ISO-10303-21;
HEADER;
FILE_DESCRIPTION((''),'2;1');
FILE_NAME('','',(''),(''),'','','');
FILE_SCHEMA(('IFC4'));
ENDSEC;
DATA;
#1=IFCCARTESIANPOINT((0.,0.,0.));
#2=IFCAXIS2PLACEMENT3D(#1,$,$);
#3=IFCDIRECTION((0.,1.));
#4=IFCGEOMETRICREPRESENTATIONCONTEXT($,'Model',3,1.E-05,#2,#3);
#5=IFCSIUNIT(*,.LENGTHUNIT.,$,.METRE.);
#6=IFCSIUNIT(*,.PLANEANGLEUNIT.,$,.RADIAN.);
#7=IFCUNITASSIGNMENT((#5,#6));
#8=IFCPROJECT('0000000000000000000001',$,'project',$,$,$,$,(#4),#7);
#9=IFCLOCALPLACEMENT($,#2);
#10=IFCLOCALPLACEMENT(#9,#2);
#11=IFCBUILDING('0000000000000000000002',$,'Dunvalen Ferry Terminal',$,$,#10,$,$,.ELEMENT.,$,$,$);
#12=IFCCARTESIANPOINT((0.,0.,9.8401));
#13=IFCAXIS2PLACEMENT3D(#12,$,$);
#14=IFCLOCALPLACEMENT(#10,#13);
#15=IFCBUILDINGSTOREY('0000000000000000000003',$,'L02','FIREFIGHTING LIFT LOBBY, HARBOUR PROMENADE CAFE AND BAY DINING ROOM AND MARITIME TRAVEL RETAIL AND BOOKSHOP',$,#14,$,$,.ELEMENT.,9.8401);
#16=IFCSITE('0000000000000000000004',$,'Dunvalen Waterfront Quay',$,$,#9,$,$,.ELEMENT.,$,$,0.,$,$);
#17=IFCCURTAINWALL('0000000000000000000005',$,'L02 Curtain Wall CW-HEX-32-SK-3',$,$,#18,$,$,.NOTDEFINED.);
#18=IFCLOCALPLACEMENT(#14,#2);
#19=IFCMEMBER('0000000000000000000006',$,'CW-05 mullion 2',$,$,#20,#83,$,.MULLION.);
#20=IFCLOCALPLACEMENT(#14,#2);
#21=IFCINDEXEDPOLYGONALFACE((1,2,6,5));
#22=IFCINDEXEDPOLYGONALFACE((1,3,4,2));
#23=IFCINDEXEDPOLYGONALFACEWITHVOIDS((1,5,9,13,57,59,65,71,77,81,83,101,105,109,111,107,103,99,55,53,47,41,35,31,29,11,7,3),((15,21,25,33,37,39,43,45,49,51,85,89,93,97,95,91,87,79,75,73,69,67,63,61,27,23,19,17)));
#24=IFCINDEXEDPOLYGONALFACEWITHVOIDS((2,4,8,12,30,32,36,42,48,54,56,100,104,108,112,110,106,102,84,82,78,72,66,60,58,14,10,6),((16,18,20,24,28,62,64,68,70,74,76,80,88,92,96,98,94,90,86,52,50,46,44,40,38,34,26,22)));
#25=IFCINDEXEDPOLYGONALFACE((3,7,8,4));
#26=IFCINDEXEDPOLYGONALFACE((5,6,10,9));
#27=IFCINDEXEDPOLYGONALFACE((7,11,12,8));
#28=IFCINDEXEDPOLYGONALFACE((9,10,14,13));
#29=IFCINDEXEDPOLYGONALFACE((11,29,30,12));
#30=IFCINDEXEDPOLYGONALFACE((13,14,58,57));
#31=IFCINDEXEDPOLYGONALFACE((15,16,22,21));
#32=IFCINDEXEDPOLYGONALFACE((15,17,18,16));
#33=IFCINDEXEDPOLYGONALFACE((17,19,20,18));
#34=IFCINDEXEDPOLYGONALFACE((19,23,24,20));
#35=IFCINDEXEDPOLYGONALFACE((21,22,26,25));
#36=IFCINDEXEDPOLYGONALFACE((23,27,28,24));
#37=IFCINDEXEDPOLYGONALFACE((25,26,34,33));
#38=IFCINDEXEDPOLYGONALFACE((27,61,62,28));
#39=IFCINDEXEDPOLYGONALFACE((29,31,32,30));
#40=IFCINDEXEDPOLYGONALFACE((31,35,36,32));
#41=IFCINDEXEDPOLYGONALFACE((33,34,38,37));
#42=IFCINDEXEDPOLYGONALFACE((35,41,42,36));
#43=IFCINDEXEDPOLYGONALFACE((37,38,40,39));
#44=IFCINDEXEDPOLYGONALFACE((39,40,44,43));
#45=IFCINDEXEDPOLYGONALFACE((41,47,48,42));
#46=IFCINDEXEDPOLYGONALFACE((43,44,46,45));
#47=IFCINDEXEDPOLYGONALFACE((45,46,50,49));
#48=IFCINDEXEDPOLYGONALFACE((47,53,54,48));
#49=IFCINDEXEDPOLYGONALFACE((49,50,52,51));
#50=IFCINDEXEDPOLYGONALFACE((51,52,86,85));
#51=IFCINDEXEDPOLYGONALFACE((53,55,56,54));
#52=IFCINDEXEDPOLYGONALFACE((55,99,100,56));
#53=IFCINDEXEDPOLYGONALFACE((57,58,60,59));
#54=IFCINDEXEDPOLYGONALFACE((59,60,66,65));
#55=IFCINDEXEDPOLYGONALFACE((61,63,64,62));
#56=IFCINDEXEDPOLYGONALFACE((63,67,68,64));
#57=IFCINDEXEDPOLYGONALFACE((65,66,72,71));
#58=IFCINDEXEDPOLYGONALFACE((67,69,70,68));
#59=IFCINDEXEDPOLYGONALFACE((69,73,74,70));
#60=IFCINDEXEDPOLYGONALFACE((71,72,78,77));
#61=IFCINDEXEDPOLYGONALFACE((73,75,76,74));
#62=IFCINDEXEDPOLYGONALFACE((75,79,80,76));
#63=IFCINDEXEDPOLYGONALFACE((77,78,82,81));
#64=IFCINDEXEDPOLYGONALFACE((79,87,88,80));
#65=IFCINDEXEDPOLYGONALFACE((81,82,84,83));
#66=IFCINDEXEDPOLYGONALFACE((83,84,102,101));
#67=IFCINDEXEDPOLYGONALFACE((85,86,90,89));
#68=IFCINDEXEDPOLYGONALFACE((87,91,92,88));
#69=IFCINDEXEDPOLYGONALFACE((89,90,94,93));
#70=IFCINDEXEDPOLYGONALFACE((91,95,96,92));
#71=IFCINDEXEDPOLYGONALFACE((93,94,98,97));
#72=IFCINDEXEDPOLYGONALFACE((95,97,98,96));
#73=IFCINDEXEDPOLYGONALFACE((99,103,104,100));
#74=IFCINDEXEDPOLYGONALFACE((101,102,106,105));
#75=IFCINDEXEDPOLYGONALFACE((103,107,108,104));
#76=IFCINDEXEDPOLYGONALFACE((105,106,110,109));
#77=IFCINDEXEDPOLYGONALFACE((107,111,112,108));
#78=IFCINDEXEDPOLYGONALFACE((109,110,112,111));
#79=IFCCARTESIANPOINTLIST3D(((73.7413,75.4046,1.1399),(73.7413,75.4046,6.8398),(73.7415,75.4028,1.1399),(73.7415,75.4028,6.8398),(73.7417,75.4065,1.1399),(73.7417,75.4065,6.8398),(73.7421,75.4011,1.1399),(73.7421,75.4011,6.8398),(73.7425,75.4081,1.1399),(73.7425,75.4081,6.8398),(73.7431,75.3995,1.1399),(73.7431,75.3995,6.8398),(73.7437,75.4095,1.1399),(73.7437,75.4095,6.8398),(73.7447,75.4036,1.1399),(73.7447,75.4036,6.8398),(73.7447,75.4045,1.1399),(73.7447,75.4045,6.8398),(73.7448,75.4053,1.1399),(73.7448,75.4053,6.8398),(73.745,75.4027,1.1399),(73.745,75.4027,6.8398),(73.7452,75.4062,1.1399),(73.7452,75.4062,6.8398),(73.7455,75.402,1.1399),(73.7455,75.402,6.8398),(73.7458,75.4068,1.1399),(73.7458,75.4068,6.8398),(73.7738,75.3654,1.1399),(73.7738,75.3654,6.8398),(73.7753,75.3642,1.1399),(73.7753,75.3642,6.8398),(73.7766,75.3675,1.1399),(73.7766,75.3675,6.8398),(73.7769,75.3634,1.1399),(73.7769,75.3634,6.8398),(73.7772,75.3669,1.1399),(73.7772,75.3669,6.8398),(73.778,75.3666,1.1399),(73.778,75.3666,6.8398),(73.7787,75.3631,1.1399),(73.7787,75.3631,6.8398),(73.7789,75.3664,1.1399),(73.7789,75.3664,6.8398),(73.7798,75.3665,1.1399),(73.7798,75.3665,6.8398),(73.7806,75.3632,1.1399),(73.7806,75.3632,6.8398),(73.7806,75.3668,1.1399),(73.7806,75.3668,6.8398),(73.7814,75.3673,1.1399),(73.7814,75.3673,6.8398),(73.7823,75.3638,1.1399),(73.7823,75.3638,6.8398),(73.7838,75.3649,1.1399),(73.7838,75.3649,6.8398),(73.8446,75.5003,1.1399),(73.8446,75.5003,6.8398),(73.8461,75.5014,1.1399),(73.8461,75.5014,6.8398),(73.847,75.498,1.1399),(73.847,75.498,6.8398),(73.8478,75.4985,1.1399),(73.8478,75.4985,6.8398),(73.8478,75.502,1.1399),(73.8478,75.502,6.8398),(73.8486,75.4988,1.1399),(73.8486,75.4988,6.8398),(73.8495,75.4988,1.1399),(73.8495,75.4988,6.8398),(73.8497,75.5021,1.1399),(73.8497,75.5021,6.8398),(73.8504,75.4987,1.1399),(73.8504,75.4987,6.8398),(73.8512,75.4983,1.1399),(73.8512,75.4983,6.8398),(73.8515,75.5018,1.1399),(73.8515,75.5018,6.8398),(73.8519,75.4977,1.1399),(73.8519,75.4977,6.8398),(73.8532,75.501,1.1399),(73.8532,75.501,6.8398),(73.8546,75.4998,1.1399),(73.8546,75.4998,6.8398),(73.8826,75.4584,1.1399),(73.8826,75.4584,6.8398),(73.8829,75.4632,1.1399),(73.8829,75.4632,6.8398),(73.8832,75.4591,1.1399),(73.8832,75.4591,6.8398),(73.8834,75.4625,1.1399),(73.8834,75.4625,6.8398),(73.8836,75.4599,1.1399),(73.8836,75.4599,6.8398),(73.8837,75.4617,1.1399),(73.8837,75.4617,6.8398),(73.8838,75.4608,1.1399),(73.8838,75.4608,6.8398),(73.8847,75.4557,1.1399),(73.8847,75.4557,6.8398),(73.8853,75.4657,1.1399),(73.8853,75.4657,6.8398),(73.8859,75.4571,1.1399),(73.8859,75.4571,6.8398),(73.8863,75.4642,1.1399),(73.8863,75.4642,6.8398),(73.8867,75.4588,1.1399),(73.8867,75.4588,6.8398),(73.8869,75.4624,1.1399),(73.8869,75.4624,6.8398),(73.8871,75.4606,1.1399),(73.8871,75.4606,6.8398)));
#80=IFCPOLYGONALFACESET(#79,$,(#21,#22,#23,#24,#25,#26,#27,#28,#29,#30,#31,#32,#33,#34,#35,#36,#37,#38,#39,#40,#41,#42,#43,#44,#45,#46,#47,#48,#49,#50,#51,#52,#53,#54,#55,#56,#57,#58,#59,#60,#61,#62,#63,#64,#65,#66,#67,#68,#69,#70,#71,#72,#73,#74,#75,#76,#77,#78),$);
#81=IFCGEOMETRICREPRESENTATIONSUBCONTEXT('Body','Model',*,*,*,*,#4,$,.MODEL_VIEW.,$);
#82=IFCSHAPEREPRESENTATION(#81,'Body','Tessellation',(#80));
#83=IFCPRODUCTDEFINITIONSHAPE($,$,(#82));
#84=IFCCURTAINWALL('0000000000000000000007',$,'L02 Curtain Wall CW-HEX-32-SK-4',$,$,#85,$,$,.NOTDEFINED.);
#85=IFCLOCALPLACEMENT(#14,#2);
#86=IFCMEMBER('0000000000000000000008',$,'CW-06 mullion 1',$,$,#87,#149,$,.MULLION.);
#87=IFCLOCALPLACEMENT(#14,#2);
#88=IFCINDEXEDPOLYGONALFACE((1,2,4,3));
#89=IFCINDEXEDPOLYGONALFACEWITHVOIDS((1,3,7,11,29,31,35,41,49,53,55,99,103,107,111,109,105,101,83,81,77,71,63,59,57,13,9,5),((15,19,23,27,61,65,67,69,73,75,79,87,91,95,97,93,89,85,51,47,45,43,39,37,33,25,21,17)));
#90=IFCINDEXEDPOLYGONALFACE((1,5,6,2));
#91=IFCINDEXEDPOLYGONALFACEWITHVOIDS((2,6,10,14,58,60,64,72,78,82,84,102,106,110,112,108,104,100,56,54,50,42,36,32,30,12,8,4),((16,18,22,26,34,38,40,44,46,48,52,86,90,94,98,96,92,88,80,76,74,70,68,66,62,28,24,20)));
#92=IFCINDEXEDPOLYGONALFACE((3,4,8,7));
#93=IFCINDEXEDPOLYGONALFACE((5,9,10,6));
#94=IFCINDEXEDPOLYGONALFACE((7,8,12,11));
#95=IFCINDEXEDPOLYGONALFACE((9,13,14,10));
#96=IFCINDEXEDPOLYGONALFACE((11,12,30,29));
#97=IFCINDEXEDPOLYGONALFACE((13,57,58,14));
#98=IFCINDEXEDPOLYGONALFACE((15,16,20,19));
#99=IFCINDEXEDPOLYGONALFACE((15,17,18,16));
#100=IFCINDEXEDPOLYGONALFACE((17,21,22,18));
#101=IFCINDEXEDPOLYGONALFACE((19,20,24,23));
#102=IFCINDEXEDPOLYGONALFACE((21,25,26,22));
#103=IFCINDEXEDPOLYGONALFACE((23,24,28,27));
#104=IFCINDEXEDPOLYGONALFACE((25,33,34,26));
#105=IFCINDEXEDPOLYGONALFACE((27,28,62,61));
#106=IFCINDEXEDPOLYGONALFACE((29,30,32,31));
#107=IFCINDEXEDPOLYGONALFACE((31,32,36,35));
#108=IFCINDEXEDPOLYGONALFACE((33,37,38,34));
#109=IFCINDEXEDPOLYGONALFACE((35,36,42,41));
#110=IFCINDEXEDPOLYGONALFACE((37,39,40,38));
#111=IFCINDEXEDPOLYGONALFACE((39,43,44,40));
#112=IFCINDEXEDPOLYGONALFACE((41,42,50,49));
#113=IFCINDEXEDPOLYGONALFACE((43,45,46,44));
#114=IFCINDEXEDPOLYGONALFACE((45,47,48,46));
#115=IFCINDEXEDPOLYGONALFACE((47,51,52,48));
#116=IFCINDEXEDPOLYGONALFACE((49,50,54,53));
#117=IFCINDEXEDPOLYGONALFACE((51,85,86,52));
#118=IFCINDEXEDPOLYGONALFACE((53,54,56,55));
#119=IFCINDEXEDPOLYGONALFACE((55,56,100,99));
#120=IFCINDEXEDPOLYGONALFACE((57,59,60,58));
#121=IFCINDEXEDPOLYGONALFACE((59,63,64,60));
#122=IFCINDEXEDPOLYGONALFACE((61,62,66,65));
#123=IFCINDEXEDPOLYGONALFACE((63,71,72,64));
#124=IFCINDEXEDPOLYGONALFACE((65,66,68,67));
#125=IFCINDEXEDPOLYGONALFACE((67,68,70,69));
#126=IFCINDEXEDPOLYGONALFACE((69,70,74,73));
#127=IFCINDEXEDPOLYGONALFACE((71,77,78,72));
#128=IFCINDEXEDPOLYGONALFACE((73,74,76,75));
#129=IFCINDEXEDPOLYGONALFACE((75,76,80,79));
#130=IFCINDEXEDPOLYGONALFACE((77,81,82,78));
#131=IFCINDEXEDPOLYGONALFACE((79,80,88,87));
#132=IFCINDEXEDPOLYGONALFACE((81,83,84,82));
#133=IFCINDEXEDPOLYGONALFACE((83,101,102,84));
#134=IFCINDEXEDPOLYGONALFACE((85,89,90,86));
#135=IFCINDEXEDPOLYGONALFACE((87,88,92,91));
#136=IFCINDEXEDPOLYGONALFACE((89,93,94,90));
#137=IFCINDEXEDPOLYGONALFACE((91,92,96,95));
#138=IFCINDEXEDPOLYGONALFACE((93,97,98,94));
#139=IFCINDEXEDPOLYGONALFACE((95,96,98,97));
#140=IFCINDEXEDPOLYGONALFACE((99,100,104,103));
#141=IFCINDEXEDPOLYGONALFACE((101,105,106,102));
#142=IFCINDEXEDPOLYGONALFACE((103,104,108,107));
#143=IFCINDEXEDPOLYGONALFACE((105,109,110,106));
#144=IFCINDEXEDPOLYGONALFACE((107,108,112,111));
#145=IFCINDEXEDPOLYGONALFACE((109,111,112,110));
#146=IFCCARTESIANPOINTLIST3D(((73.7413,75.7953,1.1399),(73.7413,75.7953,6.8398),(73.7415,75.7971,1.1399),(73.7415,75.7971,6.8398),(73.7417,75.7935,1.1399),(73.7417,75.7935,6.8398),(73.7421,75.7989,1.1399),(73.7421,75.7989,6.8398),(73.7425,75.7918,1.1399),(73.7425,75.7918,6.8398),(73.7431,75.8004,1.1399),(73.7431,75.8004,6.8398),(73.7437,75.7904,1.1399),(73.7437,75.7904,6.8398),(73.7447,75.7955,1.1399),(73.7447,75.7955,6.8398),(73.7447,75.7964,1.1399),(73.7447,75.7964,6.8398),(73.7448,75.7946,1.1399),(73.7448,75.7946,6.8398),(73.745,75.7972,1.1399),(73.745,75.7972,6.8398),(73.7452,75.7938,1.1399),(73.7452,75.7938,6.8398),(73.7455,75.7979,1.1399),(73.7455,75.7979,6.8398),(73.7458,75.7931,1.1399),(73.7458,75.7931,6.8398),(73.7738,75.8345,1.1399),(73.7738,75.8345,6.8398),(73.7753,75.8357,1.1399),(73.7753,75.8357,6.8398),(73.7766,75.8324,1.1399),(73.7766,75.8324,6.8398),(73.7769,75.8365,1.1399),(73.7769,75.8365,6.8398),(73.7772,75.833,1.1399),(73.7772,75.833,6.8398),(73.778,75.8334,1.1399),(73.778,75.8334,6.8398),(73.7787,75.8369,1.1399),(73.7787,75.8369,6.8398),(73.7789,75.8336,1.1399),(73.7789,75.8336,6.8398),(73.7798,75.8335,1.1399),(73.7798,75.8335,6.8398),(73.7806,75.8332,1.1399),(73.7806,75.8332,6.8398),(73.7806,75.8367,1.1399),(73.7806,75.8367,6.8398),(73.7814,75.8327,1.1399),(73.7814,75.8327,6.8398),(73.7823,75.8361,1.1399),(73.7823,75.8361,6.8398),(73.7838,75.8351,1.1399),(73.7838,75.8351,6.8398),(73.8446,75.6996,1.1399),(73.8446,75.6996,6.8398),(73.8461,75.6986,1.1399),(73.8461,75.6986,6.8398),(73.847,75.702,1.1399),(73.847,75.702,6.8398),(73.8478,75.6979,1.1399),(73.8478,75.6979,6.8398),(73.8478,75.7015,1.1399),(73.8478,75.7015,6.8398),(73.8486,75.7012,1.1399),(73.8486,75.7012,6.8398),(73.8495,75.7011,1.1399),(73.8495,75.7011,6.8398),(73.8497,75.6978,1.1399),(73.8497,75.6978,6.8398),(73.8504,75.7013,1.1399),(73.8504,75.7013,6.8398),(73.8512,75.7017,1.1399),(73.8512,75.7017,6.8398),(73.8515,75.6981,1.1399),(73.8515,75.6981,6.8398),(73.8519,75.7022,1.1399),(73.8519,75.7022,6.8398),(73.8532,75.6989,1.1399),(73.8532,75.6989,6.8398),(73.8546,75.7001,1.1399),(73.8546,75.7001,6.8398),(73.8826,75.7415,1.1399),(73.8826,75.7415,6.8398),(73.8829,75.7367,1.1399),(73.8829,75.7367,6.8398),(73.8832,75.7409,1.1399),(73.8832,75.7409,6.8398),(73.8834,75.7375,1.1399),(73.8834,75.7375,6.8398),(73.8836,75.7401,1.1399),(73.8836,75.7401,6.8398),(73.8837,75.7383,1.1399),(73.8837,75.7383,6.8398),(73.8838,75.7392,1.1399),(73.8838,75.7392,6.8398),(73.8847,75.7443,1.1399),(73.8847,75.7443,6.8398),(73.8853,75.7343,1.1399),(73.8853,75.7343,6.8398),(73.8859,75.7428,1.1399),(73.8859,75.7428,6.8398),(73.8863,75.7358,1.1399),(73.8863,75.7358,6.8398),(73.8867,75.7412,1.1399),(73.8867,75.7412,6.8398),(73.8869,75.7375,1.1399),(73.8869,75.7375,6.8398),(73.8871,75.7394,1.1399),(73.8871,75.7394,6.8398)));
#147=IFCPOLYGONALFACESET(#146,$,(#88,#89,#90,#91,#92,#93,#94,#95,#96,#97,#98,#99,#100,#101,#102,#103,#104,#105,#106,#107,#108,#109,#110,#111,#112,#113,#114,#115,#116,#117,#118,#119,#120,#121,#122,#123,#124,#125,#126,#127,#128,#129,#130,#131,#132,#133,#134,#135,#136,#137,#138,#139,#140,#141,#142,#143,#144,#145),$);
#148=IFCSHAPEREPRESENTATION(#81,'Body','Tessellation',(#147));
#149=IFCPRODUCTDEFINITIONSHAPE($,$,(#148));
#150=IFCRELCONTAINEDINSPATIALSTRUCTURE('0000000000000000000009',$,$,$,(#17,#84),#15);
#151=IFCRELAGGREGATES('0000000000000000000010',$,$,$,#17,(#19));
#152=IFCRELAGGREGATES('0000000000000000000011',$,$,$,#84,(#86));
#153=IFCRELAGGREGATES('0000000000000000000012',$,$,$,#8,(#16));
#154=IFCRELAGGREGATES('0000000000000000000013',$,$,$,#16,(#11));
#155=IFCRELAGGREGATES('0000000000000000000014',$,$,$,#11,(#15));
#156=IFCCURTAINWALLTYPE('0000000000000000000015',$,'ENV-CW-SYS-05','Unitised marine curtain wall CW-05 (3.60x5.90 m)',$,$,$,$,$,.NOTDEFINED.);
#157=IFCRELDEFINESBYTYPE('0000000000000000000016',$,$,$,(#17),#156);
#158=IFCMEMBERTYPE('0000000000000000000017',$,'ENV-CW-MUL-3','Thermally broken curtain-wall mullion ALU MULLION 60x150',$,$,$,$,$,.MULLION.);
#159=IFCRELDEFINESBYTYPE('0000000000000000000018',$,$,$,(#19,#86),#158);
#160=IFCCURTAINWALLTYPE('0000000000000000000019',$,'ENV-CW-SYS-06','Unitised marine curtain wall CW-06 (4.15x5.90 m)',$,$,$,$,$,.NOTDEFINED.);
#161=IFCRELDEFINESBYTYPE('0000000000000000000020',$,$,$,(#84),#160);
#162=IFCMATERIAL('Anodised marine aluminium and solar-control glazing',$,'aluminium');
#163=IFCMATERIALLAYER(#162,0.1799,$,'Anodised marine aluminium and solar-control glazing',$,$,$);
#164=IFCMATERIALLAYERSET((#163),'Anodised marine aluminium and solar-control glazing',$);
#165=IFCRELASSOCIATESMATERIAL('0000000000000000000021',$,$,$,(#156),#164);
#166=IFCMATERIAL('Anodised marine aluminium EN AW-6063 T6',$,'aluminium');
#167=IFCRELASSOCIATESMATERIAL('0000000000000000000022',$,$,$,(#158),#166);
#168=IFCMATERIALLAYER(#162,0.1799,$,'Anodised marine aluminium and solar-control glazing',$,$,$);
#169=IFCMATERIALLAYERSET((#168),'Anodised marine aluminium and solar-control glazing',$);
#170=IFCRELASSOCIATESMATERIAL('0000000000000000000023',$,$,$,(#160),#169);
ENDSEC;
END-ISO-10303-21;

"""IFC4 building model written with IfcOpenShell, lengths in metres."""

from ifc_helpers import new_model, si_unit, direction, frame, origin, origin_2d, place, context, subcontext, project, spatial, hollow_rectangle, extrude, material, layer, layer_set, material_profile, profile_set, type_object, element, aggregate, save


model = new_model("IFC4")

# Units and contexts
model_context = context("Model", 3, precision=1e-05, world=origin(), true_north=direction((0.0, 1.0)))
body_context = subcontext(model_context, "Body", "Model", "MODEL_VIEW")
ifc_project = project(units=[si_unit("LENGTHUNIT", "METRE"), si_unit("PLANEANGLEUNIT", "RADIAN")], contexts=[model_context])

# Site, building, storey
site_placement = place(None, origin())
site = spatial("IfcSite", under=ifc_project, at=site_placement, Name="Dunvalen Waterfront Quay", CompositionType="ELEMENT", RefElevation=0.0)
building_placement = place(site_placement, origin())
building = spatial("IfcBuilding", under=site, at=building_placement, Name="Dunvalen Ferry Terminal", CompositionType="ELEMENT")
storey_placement = place(building_placement, frame((0.0, 0.0, 9.8401)))
storey = spatial("IfcBuildingStorey", under=building, at=storey_placement, Name="L02", Description="FIREFIGHTING LIFT LOBBY, HARBOUR PROMENADE CAFE AND BAY DINING ROOM AND MARITIME TRAVEL RETAIL AND BOOKSHOP", CompositionType="ELEMENT", Elevation=9.8401)

# Curtain wall, member
ifc_material_1 = material(Name="Anodised marine aluminium and solar-control glazing", Category="aluminium")
ifc_layer_1 = layer(ifc_material_1, 0.1799, Name="Anodised marine aluminium and solar-control glazing")
ifc_layer_set_1 = layer_set([ifc_layer_1], Name="Anodised marine aluminium and solar-control glazing")
curtain_wall_type_1 = type_object("IfcCurtainWallType", Name="ENV-CW-SYS-05", Description="Unitised marine curtain wall CW-05 (3.60x5.90 m)", PredefinedType="NOTDEFINED", material=ifc_layer_set_1)
curtain_wall_1_placement = place(storey_placement, origin())
curtain_wall_1 = element("IfcCurtainWall", 1, at=curtain_wall_1_placement, inside=storey, type_object=curtain_wall_type_1, Name="L02 Curtain Wall CW-HEX-32-SK-3", PredefinedType="NOTDEFINED")
ifc_material_2 = material(Name="Anodised marine aluminium EN AW-6063 T6", Category="aluminium")
ifc_material_profile_1 = material_profile(ifc_material_2, hollow_rectangle(XDim=0.0601, YDim=0.1499, WallThickness=0.0034, InnerFilletRadius=0.0034, OuterFilletRadius=0.0071, at=origin_2d()), Name="Anodised marine aluminium EN AW-6063 T6")
ifc_profile_set_1 = profile_set([ifc_material_profile_1], Name="Anodised marine aluminium EN AW-6063 T6")
member_type_1 = type_object("IfcMemberType", Name="ENV-CW-MUL-3", Description="Thermally broken curtain-wall mullion ALU MULLION 60x150", PredefinedType="MULLION", material=ifc_profile_set_1)
member_1_placement = place(storey_placement, frame((73.8142, 75.4326, 1.1399), z_axis=(0.0, 0.0, 1.0), x_axis=(-0.668954, 0.743304, 0.0)))
member_1 = element("IfcMember", 2, at=member_1_placement, type_object=member_type_1, Name="CW-05 mullion 2", PredefinedType="MULLION", context=body_context, shape_type="SweptSolid", body=[
    extrude(hollow_rectangle(XDim=0.0601, YDim=0.1499, WallThickness=0.0034, InnerFilletRadius=0.0034, OuterFilletRadius=0.0071, at=origin_2d()), origin(), (0.0, 0.0, 1.0), 5.7),
])

# Curtain wall, member
ifc_layer_2 = layer(ifc_material_1, 0.1799, Name="Anodised marine aluminium and solar-control glazing")
ifc_layer_set_2 = layer_set([ifc_layer_2], Name="Anodised marine aluminium and solar-control glazing")
curtain_wall_type_2 = type_object("IfcCurtainWallType", Name="ENV-CW-SYS-06", Description="Unitised marine curtain wall CW-06 (4.15x5.90 m)", PredefinedType="NOTDEFINED", material=ifc_layer_set_2)
curtain_wall_2_placement = place(storey_placement, origin())
curtain_wall_2 = element("IfcCurtainWall", 3, at=curtain_wall_2_placement, inside=storey, type_object=curtain_wall_type_2, Name="L02 Curtain Wall CW-HEX-32-SK-4", PredefinedType="NOTDEFINED")
member_2_placement = place(storey_placement, frame((73.8142, 75.7673, 1.1399), z_axis=(0.0, 0.0, 1.0), x_axis=(-0.668954, -0.743304, 0.0)))
member_2 = element("IfcMember", 4, at=member_2_placement, type_object=member_type_1, Name="CW-06 mullion 1", PredefinedType="MULLION", context=body_context, shape_type="SweptSolid", body=[
    extrude(hollow_rectangle(XDim=0.0601, YDim=0.1499, WallThickness=0.0034, InnerFilletRadius=0.0034, OuterFilletRadius=0.0071, at=origin_2d()), origin(), (0.0, 0.0, 1.0), 5.7),
])

aggregate(curtain_wall_1, [member_1])
aggregate(curtain_wall_2, [member_2])

save(model, "model.ifc")
